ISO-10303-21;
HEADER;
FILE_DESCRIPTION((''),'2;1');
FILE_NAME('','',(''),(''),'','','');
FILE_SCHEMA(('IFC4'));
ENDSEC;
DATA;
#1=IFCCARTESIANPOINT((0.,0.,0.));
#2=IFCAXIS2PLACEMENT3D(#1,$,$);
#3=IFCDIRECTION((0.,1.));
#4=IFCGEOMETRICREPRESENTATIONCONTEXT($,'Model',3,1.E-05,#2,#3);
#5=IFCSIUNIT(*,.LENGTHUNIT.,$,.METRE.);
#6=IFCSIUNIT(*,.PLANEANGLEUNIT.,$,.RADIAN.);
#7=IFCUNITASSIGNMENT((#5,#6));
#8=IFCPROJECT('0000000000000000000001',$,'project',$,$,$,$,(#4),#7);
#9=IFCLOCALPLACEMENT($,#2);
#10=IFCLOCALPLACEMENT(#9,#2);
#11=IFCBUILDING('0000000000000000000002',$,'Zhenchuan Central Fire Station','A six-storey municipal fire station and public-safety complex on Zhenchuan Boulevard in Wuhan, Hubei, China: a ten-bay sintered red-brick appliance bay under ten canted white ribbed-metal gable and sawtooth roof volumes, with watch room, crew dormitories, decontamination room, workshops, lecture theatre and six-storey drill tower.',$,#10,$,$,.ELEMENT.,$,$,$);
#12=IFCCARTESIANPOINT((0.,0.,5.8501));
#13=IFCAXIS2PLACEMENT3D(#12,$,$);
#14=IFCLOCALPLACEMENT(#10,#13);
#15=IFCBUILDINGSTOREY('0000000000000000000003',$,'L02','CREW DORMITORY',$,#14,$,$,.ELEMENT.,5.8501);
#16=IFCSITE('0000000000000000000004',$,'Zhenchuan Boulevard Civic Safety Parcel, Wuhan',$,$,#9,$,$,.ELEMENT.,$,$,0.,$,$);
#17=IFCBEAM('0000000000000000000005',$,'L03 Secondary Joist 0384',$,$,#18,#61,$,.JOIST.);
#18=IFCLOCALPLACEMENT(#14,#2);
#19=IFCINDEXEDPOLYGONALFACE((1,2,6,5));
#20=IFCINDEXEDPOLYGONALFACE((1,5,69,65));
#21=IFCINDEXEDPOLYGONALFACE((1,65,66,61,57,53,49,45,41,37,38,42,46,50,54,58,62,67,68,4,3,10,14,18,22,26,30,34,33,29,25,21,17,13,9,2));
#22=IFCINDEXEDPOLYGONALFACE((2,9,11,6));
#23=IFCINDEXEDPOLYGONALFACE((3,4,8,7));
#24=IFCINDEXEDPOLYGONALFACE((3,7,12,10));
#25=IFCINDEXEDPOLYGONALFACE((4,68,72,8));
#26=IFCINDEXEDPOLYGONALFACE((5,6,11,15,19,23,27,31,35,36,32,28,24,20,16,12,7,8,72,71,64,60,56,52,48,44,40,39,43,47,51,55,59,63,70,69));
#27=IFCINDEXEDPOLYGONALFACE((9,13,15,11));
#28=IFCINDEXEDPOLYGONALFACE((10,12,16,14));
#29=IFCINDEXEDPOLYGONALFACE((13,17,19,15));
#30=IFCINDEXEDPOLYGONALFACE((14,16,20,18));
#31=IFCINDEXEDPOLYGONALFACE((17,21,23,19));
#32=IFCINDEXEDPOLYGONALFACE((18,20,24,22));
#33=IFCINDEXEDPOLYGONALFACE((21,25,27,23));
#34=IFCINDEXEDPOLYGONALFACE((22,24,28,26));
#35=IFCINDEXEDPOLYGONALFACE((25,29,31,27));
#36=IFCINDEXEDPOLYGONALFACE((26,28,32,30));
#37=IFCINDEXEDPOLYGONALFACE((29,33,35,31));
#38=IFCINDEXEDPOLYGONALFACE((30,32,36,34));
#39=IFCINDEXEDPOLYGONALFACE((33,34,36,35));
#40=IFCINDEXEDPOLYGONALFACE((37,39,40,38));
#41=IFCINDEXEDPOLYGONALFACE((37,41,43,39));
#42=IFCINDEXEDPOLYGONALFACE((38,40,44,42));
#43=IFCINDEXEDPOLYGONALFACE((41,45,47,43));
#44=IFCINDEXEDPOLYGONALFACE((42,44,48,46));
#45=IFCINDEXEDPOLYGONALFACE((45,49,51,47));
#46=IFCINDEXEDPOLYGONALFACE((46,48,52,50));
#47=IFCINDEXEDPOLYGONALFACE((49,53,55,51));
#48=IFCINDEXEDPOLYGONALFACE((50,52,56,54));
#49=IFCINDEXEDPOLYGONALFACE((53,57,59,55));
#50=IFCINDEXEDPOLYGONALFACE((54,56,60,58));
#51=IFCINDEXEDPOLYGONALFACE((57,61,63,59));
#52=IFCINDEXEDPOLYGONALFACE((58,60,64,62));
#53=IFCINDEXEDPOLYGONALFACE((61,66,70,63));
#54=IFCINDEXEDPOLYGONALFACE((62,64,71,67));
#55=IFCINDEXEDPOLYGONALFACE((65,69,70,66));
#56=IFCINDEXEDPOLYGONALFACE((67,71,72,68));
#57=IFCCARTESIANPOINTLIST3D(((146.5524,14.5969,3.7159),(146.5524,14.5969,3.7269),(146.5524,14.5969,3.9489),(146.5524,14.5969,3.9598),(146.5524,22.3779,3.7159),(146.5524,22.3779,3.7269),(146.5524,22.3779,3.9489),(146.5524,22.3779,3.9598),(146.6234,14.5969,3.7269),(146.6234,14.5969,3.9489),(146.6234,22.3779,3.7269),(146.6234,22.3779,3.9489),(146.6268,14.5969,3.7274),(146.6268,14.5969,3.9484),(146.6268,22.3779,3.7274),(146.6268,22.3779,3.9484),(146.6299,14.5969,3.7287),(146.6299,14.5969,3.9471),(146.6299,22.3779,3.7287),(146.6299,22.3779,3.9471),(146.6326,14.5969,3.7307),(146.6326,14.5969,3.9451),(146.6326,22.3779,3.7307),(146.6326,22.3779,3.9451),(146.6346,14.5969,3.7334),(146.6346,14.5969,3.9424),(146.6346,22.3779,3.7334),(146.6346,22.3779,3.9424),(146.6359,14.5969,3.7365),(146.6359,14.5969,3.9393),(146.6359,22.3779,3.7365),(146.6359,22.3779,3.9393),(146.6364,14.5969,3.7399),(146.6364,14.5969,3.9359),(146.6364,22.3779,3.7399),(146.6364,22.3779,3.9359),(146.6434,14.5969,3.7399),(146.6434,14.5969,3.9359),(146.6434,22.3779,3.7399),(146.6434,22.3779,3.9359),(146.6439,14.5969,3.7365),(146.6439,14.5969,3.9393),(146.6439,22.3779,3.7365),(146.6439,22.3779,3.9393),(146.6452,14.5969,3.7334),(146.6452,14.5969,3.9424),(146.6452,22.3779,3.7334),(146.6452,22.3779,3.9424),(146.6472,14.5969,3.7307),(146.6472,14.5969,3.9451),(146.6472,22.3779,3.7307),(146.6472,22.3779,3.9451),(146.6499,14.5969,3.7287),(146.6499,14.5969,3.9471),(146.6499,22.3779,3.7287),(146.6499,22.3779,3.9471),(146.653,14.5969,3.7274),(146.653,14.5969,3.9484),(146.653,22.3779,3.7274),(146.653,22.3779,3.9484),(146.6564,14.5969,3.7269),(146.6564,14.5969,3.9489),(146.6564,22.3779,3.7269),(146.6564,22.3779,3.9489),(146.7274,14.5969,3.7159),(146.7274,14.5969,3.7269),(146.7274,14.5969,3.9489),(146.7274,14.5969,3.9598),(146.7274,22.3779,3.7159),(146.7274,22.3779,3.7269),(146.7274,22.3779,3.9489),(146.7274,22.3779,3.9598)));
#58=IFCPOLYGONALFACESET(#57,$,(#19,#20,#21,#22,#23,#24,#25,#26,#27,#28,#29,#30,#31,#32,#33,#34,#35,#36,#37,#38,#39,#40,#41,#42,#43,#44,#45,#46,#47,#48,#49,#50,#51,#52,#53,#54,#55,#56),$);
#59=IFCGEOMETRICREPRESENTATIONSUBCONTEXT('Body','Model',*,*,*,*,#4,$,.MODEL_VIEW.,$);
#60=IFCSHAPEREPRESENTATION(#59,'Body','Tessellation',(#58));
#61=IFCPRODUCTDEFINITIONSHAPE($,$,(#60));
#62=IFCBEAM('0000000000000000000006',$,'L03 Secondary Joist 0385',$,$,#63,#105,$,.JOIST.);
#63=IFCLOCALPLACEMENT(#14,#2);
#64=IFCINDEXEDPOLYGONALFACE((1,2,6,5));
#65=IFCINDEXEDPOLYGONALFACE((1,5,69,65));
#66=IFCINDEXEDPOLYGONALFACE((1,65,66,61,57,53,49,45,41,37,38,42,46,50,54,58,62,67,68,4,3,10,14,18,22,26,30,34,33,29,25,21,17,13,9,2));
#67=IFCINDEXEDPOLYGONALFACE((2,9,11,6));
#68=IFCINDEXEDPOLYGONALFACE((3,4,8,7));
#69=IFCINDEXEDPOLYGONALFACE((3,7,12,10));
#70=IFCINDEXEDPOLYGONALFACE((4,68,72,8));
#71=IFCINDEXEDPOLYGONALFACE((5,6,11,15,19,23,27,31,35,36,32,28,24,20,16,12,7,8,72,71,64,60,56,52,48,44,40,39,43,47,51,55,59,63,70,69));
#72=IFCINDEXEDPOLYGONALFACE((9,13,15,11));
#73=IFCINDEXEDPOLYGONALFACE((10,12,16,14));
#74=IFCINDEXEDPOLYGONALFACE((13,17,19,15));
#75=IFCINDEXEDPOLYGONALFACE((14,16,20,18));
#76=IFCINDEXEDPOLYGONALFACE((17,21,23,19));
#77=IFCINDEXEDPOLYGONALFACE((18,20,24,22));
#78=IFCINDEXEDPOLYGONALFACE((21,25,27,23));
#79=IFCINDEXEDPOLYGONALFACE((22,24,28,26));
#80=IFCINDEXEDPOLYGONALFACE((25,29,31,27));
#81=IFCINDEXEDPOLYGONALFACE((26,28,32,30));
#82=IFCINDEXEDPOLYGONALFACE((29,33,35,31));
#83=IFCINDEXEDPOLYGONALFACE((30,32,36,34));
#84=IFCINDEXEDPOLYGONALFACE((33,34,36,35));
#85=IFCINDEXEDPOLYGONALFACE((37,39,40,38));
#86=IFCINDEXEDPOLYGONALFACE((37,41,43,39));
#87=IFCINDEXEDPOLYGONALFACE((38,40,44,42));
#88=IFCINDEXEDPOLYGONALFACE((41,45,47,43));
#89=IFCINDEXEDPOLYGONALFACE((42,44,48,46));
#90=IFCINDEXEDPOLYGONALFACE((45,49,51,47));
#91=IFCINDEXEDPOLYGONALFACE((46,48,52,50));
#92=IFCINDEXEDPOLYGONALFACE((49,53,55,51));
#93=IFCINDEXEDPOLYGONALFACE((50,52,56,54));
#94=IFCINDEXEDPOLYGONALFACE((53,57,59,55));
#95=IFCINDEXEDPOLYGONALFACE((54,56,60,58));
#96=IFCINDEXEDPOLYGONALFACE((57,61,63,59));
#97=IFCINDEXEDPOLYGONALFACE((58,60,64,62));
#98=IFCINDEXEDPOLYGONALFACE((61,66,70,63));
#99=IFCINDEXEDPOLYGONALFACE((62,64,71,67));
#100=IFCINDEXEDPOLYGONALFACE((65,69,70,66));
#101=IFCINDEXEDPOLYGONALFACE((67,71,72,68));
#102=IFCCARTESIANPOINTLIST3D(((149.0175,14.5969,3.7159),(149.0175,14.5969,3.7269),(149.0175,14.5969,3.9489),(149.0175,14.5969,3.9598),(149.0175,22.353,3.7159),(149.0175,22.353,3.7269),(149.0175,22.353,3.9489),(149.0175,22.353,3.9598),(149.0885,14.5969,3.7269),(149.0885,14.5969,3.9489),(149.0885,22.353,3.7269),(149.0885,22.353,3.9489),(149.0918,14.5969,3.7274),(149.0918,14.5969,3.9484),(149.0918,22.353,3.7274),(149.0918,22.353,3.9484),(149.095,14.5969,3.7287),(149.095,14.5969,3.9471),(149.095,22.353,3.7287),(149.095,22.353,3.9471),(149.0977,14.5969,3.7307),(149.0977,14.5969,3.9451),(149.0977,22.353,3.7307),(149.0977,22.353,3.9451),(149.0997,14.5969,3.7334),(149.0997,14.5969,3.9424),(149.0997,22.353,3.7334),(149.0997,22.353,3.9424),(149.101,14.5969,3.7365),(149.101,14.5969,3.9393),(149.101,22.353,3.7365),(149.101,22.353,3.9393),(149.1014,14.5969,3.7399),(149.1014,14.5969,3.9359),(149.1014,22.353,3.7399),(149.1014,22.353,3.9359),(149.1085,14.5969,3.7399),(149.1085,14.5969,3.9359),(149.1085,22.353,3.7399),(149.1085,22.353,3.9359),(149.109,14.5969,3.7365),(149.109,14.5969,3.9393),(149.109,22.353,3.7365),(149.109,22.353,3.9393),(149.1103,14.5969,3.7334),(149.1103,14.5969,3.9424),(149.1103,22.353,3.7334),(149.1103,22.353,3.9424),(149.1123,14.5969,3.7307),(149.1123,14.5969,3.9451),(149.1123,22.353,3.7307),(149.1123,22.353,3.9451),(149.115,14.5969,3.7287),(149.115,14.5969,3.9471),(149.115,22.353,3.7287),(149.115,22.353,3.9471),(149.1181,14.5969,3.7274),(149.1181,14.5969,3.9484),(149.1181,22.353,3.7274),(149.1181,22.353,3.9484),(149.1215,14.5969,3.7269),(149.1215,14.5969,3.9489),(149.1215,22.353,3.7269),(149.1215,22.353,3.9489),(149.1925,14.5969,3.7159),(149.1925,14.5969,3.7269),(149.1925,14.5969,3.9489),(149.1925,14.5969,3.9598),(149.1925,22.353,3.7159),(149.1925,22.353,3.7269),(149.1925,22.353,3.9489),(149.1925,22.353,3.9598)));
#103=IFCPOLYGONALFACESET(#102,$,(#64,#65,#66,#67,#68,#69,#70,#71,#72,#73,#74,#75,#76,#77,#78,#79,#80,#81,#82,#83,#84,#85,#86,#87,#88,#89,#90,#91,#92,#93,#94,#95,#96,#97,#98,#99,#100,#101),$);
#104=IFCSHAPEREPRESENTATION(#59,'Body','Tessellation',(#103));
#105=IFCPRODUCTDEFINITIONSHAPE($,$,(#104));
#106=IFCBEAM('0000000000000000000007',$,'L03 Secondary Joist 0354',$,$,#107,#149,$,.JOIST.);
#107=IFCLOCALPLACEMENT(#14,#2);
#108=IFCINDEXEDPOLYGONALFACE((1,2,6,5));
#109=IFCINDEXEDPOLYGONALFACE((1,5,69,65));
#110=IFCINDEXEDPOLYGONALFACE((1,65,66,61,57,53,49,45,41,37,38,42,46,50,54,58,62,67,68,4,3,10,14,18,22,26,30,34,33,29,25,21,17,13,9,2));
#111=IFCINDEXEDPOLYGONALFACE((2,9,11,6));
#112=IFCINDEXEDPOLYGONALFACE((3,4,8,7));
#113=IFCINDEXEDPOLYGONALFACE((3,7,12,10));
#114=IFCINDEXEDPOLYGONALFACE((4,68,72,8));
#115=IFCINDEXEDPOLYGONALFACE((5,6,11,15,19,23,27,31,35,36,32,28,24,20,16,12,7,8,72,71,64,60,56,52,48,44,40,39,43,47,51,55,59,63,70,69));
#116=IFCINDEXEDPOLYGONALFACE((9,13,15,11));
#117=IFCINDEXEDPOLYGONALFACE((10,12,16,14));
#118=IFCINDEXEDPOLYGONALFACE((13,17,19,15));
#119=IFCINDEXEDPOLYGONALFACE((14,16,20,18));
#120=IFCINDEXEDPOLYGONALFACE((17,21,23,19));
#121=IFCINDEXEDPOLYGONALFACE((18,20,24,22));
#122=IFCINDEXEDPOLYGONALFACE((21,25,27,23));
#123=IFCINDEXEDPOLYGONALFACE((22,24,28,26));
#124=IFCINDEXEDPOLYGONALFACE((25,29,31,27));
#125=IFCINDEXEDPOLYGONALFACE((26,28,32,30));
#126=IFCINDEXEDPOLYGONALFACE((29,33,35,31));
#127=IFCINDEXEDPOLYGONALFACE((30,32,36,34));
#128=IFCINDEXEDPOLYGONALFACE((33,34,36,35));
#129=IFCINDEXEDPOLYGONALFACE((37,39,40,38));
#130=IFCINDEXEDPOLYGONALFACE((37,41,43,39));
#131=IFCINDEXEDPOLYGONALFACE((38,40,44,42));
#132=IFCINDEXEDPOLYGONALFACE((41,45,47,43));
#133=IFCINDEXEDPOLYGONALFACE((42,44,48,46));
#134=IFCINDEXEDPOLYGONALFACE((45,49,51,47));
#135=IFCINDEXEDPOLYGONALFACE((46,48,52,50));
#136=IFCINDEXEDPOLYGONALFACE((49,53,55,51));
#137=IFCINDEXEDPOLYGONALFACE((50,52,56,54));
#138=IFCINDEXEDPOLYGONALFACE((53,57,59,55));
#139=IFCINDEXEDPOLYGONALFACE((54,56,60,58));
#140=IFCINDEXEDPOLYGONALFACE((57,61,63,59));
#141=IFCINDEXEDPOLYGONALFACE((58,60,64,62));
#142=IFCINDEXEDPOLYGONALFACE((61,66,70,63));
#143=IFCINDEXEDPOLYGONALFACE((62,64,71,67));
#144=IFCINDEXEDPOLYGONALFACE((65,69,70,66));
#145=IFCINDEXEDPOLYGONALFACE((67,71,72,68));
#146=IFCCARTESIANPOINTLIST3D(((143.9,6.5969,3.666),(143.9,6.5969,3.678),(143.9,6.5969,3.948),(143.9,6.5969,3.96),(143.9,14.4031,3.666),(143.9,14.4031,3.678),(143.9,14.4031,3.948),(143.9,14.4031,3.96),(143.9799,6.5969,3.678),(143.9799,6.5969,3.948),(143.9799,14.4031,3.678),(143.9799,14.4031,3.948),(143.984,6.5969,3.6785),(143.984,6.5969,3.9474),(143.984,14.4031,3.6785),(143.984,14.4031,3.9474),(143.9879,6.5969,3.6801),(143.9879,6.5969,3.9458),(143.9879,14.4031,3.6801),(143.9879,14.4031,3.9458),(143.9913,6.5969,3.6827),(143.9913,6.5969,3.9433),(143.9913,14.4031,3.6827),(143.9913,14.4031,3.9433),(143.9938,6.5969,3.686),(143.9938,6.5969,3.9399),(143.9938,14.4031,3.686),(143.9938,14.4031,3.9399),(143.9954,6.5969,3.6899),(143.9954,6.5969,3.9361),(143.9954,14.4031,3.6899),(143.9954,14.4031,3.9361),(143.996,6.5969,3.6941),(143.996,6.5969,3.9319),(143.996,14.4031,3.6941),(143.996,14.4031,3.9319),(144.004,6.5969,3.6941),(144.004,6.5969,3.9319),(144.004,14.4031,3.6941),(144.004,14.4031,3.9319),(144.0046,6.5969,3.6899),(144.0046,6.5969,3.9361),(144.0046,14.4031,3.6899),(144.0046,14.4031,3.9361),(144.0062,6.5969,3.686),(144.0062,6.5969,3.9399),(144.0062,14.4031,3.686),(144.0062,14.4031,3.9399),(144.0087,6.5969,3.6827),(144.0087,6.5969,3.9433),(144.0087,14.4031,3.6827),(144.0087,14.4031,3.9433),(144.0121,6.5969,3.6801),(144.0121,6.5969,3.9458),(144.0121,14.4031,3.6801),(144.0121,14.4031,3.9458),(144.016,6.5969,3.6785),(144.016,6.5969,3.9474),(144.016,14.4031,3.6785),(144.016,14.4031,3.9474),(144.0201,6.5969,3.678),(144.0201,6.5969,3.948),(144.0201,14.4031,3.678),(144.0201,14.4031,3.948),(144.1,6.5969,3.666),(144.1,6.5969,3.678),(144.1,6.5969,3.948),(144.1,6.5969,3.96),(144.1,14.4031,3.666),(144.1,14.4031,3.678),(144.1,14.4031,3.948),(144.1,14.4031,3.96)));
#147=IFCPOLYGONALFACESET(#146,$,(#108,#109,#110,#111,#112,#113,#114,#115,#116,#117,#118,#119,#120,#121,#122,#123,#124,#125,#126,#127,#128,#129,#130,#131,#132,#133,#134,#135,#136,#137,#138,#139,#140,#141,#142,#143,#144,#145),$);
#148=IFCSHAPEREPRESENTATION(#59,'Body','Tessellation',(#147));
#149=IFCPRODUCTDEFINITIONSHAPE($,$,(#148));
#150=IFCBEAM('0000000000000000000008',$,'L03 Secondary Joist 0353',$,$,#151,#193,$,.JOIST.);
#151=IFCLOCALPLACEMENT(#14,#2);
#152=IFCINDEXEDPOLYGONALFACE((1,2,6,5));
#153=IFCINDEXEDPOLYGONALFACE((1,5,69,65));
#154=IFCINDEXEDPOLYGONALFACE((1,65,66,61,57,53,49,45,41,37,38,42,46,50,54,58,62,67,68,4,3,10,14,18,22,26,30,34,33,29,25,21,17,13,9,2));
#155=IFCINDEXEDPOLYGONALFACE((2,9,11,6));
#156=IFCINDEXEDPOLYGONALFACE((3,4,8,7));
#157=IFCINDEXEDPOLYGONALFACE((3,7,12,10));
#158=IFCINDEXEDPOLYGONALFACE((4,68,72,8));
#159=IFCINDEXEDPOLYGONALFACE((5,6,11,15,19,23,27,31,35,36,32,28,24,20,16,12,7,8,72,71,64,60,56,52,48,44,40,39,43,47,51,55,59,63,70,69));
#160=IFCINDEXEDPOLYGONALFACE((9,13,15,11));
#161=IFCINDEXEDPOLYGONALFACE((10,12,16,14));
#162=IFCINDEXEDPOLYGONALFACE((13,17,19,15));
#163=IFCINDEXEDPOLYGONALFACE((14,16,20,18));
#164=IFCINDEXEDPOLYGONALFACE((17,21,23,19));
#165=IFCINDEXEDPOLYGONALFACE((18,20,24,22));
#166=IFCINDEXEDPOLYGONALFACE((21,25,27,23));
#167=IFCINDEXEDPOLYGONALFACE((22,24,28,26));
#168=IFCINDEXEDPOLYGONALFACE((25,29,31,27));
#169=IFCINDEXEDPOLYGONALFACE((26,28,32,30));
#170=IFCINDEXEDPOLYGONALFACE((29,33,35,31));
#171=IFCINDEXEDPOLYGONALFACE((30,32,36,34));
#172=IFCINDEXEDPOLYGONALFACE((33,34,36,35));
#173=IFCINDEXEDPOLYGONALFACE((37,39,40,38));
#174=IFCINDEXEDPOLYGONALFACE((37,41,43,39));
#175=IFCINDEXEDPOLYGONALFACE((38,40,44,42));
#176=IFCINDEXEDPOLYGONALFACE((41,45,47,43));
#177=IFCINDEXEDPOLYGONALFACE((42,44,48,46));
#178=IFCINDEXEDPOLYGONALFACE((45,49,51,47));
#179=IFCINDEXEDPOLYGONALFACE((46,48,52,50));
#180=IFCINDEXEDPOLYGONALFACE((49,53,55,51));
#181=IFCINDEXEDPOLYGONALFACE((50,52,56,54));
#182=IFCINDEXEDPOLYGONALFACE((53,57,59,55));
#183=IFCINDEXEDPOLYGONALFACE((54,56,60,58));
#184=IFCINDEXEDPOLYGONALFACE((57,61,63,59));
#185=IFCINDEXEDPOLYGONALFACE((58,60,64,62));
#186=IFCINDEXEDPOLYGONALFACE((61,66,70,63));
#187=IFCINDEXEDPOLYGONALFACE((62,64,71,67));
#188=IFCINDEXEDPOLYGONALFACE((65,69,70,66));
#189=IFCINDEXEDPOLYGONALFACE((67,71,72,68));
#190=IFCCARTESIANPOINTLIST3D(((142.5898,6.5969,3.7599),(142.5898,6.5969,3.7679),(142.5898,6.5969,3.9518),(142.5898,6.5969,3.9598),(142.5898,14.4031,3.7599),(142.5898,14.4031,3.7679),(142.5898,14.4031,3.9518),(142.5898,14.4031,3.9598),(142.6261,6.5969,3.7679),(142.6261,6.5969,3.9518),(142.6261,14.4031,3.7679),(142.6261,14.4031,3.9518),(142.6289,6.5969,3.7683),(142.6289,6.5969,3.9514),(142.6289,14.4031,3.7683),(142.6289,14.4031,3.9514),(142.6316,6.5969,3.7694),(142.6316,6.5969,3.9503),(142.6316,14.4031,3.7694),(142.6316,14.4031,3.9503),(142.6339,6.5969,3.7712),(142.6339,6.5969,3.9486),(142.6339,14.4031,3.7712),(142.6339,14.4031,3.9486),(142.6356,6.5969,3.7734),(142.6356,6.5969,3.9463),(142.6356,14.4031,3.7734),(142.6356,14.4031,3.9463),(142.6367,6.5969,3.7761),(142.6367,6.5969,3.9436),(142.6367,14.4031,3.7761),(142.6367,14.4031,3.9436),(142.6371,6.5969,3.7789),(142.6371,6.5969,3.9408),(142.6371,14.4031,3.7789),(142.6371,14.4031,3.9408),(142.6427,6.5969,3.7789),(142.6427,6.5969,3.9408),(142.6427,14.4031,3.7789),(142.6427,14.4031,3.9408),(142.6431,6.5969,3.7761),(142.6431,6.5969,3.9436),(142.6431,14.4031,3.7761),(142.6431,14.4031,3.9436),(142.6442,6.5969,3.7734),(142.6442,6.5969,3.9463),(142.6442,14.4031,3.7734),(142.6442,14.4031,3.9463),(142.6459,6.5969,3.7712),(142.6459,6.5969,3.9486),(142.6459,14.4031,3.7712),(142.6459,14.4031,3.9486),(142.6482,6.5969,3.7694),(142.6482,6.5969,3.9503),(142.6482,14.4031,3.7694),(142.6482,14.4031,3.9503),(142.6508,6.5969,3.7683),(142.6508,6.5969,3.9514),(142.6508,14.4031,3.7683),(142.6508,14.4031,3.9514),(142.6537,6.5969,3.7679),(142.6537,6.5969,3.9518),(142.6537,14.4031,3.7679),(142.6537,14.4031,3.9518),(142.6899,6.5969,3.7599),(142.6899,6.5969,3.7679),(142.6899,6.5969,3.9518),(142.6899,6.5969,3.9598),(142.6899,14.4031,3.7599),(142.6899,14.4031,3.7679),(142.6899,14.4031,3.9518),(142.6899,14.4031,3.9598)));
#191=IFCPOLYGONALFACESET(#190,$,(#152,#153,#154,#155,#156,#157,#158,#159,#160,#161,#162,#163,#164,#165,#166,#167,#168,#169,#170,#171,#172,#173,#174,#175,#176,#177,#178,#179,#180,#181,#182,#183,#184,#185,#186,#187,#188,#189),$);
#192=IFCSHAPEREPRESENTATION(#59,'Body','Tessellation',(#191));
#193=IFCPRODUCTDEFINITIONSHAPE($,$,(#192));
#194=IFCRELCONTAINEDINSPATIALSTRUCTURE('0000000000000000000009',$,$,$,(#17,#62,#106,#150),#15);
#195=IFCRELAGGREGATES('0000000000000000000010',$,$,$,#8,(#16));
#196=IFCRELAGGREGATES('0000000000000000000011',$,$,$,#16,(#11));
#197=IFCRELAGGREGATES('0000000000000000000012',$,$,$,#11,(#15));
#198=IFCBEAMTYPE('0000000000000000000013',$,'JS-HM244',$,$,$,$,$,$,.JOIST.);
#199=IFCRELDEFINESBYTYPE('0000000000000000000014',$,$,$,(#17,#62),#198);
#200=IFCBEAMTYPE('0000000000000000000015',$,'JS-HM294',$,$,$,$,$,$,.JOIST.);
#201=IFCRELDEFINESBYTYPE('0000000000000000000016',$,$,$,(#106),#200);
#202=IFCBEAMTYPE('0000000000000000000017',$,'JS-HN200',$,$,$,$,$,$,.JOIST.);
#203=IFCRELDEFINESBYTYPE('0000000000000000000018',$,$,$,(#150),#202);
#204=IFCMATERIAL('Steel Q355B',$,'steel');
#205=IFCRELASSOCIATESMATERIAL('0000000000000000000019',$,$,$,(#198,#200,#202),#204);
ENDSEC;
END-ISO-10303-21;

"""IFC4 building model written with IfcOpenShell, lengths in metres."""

from ifc_helpers import new_model, si_unit, direction, frame, origin, origin_2d, place, context, subcontext, project, spatial, i_section, extrude, material, material_profile, profile_set, type_object, element, save


model = new_model("IFC4")

# Units and contexts
model_context = context("Model", 3, precision=1e-05, world=origin(), true_north=direction((0.0, 1.0)))
body_context = subcontext(model_context, "Body", "Model", "MODEL_VIEW")
ifc_project = project(units=[si_unit("LENGTHUNIT", "METRE"), si_unit("PLANEANGLEUNIT", "RADIAN")], contexts=[model_context])

# Site, building, storey
site_placement = place(None, origin())
site = spatial("IfcSite", under=ifc_project, at=site_placement, Name="Zhenchuan Boulevard Civic Safety Parcel, Wuhan", CompositionType="ELEMENT", RefElevation=0.0)
building_placement = place(site_placement, origin())
building = spatial("IfcBuilding", under=site, at=building_placement, Name="Zhenchuan Central Fire Station", Description="A six-storey municipal fire station and public-safety complex on Zhenchuan Boulevard in Wuhan, Hubei, China: a ten-bay sintered red-brick appliance bay under ten canted white ribbed-metal gable and sawtooth roof volumes, with watch room, crew dormitories, decontamination room, workshops, lecture theatre and six-storey drill tower.", CompositionType="ELEMENT")
storey_placement = place(building_placement, frame((0.0, 0.0, 5.8501)))
storey = spatial("IfcBuildingStorey", under=building, at=storey_placement, Name="L02", Description="CREW DORMITORY", CompositionType="ELEMENT", Elevation=5.8501)

# Shared definitions
ifc_material_1 = material(Name="Steel Q355B", Category="steel")

# Beams
ifc_material_profile_1 = material_profile(ifc_material_1, i_section(OverallWidth=0.175, OverallDepth=0.2439, WebThickness=0.0071, FlangeThickness=0.011, FilletRadius=0.0129, at=origin_2d()), Name="HM 244x175")
ifc_profile_set_1 = profile_set([ifc_material_profile_1], Name="Steel Q355B")
beam_type_1 = type_object("IfcBeamType", Name="JS-HM244", PredefinedType="JOIST", material=ifc_profile_set_1)
for number, where, z_axis, x_axis, name in (
    (1, (146.6399, 14.5969, 3.8379), (0.0, 1.0, 0.0), (-1.0, 0.0, 0.0), "L03 Secondary Joist 0384"),
):
    element("IfcBeam", number, at=place(storey_placement, frame(where, z_axis=z_axis, x_axis=x_axis)), inside=storey, type_object=beam_type_1, Name=name, PredefinedType="JOIST", context=body_context, shape_type="SweptSolid", body=[
        extrude(i_section(OverallWidth=0.175, OverallDepth=0.2439, WebThickness=0.0071, FlangeThickness=0.011, FilletRadius=0.0129, at=origin_2d()), origin(), (0.0, 0.0, 1.0), 7.781),
    ])
beam_1_placement = place(storey_placement, frame((149.105, 14.5969, 3.8379), z_axis=(0.0, 1.0, 0.0), x_axis=(-1.0, 0.0, 0.0)))
element("IfcBeam", 2, at=beam_1_placement, inside=storey, type_object=beam_type_1, Name="L03 Secondary Joist 0385", PredefinedType="JOIST", context=body_context, shape_type="SweptSolid", body=[
    extrude(i_section(OverallWidth=0.175, OverallDepth=0.2439, WebThickness=0.0071, FlangeThickness=0.011, FilletRadius=0.0129, at=origin_2d()), origin(), (0.0, 0.0, 1.0), 7.7561),
])
ifc_material_profile_2 = material_profile(ifc_material_1, i_section(OverallWidth=0.2, OverallDepth=0.2939, WebThickness=0.0081, FlangeThickness=0.012, FilletRadius=0.0161, at=origin_2d()), Name="HM 294x200")
ifc_profile_set_2 = profile_set([ifc_material_profile_2], Name="Steel Q355B")
beam_type_2 = type_object("IfcBeamType", Name="JS-HM294", PredefinedType="JOIST", material=ifc_profile_set_2)
beam_2_placement = place(storey_placement, frame((144.0, 6.5969, 3.813), z_axis=(0.0, 1.0, 0.0), x_axis=(-1.0, 0.0, 0.0)))
element("IfcBeam", 3, at=beam_2_placement, inside=storey, type_object=beam_type_2, Name="L03 Secondary Joist 0354", PredefinedType="JOIST", context=body_context, shape_type="SweptSolid", body=[
    extrude(i_section(OverallWidth=0.2, OverallDepth=0.2939, WebThickness=0.0081, FlangeThickness=0.012, FilletRadius=0.0161, at=origin_2d()), origin(), (0.0, 0.0, 1.0), 7.8062),
])
ifc_material_profile_3 = material_profile(ifc_material_1, i_section(OverallWidth=0.1001, OverallDepth=0.2, WebThickness=0.0056, FlangeThickness=0.0081, FilletRadius=0.011, at=origin_2d()), Name="HN 200x100")
ifc_profile_set_3 = profile_set([ifc_material_profile_3], Name="Steel Q355B")
beam_type_3 = type_object("IfcBeamType", Name="JS-HN200", PredefinedType="JOIST", material=ifc_profile_set_3)
beam_3_placement = place(storey_placement, frame((142.6399, 6.5969, 3.8599), z_axis=(0.0, 1.0, 0.0), x_axis=(-1.0, 0.0, 0.0)))
element("IfcBeam", 4, at=beam_3_placement, inside=storey, type_object=beam_type_3, Name="L03 Secondary Joist 0353", PredefinedType="JOIST", context=body_context, shape_type="SweptSolid", body=[
    extrude(i_section(OverallWidth=0.1001, OverallDepth=0.2, WebThickness=0.0056, FlangeThickness=0.0081, FilletRadius=0.011, at=origin_2d()), origin(), (0.0, 0.0, 1.0), 7.8062),
])

save(model, "model.ifc")
